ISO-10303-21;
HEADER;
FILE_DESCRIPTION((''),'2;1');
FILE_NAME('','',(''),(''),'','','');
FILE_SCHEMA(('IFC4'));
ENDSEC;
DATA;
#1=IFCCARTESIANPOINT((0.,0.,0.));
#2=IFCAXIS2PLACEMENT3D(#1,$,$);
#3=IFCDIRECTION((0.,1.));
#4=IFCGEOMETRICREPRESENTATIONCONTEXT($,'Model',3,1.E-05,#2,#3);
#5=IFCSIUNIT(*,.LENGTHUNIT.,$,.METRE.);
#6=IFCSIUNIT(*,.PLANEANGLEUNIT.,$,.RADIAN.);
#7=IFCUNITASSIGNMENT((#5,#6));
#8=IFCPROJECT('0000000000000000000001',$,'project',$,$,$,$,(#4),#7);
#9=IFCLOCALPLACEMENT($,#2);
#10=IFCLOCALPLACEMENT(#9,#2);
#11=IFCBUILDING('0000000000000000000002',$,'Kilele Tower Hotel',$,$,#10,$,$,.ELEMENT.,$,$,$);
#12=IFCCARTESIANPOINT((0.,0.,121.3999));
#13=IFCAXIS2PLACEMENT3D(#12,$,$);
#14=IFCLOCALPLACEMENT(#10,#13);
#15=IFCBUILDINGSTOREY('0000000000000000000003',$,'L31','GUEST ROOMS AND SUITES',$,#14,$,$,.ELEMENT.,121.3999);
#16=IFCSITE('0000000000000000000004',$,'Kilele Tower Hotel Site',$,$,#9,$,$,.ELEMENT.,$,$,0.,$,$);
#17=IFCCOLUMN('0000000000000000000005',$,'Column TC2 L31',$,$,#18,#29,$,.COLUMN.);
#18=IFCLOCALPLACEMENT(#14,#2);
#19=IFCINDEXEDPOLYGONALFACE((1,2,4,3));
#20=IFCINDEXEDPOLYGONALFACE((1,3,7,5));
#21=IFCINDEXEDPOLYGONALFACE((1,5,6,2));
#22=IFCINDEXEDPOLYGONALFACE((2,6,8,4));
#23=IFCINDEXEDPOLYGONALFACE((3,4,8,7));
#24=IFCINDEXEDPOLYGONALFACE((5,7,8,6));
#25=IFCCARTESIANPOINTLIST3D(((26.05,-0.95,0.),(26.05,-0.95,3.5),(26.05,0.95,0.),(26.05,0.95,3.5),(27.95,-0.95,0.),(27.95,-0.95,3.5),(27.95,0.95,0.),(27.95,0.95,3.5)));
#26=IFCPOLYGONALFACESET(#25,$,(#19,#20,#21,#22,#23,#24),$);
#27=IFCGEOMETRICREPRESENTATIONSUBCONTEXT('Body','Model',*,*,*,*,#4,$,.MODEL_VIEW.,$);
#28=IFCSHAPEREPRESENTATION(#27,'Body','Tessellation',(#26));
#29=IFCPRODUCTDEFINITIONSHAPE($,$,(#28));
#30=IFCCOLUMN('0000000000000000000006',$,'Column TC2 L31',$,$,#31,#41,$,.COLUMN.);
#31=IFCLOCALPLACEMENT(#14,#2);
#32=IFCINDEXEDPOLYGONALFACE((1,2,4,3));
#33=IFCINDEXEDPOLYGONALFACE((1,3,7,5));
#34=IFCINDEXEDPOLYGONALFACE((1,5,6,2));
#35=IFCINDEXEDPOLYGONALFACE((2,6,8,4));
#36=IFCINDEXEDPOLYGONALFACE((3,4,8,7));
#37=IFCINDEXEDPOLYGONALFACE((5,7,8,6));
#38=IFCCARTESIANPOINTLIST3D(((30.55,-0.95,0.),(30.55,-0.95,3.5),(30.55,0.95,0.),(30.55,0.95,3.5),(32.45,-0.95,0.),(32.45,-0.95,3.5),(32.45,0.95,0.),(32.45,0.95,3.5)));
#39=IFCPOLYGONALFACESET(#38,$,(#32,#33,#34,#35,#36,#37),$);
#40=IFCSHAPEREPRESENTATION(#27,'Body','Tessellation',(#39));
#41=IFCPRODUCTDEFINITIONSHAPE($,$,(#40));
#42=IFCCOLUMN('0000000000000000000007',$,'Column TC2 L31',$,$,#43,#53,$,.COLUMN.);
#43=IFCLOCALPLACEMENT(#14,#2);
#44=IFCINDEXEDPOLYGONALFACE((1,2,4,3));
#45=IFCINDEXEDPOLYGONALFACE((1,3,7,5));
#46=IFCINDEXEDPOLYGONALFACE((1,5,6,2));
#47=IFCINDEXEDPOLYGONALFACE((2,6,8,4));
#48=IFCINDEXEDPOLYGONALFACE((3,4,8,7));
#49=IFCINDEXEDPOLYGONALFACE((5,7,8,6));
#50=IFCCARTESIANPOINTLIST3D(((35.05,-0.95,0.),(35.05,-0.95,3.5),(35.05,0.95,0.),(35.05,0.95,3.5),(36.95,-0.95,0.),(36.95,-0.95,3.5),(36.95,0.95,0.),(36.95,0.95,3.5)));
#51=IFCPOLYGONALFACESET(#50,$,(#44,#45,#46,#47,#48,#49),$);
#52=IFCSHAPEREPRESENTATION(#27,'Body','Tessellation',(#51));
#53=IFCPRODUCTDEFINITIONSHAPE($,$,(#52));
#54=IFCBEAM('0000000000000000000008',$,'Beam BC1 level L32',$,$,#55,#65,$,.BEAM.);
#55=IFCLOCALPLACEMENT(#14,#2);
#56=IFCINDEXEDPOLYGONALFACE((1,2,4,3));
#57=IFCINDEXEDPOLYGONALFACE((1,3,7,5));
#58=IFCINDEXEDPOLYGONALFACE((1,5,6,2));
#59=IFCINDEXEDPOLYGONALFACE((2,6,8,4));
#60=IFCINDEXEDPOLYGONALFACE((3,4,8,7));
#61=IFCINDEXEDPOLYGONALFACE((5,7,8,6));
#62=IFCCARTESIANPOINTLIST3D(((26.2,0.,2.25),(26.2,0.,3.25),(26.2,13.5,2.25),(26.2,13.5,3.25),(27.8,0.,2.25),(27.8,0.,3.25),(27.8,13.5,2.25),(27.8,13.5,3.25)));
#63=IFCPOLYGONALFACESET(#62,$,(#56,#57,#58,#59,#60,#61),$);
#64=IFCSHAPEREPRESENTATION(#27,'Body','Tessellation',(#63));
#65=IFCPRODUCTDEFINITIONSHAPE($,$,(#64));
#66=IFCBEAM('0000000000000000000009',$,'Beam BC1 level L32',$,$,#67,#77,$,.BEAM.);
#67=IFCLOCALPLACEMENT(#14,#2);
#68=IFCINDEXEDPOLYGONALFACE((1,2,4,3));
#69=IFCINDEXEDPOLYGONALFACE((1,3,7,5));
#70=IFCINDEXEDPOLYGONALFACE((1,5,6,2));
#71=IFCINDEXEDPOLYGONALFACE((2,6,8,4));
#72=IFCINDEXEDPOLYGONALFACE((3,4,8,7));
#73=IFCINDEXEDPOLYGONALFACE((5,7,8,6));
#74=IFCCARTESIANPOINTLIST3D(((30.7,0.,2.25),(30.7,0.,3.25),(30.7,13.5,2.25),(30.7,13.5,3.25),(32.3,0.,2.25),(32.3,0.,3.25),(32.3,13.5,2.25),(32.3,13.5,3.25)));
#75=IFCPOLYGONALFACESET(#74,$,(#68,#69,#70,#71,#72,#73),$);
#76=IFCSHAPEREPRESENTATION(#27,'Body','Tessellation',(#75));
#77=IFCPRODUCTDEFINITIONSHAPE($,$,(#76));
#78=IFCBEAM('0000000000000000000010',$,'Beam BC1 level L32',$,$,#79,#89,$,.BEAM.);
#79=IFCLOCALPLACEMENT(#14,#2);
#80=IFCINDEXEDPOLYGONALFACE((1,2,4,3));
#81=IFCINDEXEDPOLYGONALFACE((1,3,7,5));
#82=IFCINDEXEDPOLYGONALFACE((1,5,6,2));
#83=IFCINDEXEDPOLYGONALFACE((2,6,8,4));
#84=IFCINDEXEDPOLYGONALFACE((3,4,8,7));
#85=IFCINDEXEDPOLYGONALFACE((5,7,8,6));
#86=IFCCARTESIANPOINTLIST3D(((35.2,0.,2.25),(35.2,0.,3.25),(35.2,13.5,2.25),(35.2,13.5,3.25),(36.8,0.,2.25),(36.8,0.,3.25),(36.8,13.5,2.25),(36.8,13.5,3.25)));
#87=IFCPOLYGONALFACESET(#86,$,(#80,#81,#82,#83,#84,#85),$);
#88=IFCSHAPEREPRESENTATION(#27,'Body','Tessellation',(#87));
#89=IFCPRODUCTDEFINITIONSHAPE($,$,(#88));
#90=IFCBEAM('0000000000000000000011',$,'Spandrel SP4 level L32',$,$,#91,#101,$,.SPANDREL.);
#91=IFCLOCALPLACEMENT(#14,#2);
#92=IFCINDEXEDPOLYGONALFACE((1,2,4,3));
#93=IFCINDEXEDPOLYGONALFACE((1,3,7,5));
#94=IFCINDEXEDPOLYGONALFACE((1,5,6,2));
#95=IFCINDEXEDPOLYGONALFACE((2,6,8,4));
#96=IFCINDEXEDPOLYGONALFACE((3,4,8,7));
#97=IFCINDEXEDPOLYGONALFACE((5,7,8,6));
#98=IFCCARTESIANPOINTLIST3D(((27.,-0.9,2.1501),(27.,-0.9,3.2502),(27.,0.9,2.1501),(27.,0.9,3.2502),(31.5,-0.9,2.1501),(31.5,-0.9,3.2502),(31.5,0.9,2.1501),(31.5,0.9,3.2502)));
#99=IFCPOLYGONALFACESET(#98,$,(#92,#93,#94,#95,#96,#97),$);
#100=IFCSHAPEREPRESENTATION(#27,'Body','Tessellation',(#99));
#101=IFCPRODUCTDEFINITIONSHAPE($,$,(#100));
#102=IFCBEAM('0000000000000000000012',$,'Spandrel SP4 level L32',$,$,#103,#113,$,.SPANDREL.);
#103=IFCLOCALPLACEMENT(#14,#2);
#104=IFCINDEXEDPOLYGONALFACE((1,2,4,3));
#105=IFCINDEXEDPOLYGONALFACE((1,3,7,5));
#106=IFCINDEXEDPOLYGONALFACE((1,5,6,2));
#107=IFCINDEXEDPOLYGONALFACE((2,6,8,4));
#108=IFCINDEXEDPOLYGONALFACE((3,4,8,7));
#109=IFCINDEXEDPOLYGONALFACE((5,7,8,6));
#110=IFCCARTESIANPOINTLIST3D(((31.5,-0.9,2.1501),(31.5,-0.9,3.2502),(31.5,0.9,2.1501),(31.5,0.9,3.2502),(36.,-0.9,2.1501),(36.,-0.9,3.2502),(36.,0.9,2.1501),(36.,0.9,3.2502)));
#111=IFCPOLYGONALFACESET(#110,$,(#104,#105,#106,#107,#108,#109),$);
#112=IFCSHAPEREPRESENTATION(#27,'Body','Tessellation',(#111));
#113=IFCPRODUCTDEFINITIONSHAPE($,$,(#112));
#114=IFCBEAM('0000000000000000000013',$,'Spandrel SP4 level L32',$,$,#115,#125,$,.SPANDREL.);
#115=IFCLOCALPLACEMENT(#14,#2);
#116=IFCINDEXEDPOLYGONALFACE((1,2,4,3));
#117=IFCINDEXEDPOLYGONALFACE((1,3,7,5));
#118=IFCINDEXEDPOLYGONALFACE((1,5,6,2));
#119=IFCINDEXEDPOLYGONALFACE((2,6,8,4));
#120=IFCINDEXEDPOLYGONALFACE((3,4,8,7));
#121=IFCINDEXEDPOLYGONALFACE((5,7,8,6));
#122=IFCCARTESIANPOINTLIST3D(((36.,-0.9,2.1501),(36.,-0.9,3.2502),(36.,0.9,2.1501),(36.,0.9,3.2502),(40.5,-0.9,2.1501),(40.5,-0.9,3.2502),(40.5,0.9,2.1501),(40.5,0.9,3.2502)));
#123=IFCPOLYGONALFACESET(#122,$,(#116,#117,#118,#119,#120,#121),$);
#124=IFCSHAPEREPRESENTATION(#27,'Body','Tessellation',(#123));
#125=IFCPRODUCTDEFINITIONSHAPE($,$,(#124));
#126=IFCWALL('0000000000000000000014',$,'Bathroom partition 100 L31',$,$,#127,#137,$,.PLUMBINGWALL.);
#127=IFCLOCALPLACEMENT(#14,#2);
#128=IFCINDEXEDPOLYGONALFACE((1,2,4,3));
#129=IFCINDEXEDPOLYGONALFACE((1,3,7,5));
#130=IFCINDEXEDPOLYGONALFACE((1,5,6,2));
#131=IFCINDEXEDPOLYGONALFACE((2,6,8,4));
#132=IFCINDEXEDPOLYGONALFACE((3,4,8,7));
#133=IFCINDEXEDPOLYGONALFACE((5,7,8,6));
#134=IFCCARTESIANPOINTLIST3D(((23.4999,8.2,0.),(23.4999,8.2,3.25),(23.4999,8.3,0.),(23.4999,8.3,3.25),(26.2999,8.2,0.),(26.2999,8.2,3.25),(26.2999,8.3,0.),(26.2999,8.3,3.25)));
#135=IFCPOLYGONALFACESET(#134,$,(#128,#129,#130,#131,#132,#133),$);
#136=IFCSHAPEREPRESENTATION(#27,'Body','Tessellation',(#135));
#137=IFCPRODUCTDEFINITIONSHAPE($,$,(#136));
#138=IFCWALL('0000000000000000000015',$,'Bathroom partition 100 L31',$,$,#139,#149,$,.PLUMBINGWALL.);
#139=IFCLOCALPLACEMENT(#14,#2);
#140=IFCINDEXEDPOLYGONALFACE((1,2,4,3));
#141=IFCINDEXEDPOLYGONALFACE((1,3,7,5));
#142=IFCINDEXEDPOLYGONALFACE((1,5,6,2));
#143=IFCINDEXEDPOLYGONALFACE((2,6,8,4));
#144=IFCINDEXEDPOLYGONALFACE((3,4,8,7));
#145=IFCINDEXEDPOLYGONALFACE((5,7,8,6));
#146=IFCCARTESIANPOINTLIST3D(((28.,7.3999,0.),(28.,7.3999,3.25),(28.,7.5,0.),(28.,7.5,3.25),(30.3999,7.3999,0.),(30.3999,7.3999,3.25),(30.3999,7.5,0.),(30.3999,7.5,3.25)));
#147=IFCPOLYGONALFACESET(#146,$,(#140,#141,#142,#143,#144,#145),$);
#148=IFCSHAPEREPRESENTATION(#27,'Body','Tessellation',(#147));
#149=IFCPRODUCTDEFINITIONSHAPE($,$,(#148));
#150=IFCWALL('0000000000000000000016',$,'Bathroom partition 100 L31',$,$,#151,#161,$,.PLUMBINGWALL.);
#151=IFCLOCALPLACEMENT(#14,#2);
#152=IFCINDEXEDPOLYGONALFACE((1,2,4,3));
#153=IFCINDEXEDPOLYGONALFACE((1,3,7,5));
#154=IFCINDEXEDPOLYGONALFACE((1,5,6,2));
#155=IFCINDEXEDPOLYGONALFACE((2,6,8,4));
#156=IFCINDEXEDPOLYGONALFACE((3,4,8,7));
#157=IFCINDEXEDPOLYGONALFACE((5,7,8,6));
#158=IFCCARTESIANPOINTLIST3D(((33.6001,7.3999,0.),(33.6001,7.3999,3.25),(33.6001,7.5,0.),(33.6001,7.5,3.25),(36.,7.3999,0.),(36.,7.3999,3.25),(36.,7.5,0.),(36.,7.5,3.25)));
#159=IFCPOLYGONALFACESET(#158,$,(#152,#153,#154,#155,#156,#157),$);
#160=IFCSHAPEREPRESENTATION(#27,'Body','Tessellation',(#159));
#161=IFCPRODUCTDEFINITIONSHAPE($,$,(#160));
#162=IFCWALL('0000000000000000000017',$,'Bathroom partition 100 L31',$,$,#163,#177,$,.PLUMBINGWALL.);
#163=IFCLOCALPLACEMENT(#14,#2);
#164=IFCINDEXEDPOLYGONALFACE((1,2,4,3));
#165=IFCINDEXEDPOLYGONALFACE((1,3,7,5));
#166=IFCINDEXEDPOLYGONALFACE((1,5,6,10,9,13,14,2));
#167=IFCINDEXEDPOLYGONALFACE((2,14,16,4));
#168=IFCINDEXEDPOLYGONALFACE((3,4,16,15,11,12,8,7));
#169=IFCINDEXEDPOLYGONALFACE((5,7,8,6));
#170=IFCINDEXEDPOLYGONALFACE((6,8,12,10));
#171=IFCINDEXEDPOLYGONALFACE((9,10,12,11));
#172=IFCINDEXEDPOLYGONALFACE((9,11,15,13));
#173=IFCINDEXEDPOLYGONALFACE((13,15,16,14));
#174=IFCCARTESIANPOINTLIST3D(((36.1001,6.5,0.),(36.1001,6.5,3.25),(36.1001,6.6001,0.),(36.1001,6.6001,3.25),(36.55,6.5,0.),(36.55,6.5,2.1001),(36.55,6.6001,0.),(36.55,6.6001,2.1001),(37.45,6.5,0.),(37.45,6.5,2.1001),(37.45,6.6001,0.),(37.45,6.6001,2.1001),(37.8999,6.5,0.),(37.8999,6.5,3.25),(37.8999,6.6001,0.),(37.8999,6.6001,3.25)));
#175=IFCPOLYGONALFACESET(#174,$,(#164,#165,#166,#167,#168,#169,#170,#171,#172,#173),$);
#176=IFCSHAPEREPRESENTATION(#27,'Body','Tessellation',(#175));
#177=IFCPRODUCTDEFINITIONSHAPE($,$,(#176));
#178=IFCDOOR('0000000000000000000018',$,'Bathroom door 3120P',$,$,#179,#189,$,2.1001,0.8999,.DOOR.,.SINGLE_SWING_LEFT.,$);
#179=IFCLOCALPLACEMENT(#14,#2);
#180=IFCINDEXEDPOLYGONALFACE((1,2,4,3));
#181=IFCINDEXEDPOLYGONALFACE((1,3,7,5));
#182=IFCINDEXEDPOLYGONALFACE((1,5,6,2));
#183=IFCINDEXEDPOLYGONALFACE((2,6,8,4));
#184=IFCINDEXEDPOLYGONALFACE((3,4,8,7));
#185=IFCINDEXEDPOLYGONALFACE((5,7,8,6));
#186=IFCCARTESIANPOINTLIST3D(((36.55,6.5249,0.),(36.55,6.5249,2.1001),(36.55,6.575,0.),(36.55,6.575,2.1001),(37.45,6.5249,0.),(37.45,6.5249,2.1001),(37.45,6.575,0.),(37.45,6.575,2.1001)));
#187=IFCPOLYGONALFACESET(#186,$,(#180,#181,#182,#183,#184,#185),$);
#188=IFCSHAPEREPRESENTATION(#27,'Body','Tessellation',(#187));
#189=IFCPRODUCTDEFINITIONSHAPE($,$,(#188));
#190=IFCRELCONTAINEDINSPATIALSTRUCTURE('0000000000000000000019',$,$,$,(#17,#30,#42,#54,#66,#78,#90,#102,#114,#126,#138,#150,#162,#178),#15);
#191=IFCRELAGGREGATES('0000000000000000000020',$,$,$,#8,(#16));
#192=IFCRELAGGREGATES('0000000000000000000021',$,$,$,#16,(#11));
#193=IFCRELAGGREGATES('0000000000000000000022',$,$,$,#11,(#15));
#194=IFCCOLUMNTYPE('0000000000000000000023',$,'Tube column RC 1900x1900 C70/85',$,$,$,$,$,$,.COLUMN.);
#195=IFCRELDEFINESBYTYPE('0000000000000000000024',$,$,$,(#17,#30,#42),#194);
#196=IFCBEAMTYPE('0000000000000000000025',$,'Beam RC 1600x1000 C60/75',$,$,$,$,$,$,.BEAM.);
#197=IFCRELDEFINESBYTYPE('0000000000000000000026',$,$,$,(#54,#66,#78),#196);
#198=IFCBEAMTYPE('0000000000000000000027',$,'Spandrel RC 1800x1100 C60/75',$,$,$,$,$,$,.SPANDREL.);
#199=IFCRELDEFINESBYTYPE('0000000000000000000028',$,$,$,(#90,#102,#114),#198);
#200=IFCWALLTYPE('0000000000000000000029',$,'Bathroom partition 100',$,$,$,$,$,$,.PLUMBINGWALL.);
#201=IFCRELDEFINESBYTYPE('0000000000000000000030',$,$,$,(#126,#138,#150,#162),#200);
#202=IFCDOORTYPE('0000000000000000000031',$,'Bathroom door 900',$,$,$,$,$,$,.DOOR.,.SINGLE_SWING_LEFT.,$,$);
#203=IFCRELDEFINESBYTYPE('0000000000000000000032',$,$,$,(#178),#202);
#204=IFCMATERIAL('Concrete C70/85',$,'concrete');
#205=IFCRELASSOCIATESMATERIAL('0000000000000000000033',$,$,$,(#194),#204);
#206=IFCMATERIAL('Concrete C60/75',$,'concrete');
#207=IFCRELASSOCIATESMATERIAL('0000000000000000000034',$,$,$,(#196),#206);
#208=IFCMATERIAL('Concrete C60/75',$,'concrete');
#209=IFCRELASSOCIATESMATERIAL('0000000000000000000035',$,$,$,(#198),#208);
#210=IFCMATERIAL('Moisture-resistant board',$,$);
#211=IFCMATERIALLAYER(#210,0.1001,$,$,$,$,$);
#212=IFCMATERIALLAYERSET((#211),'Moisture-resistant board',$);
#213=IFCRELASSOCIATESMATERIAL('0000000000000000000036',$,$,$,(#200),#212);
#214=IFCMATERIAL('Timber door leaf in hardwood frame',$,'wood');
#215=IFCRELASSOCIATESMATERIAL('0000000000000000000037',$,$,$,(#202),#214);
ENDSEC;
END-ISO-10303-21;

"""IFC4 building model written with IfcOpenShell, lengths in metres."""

from ifc_helpers import new_model, si_unit, direction, frame, frame_2d, origin, origin_2d, place, context, subcontext, project, spatial, rectangle, extrude, material, layer, layer_set, material_profile, profile_set, type_object, element, fill, save


model = new_model("IFC4")

# Units and contexts
model_context = context("Model", 3, precision=1e-05, world=origin(), true_north=direction((0.0, 1.0)))
body_context = subcontext(model_context, "Body", "Model", "MODEL_VIEW")
ifc_project = project(units=[si_unit("LENGTHUNIT", "METRE"), si_unit("PLANEANGLEUNIT", "RADIAN")], contexts=[model_context])

# Site, building, storey
site_placement = place(None, origin())
site = spatial("IfcSite", under=ifc_project, at=site_placement, Name="Kilele Tower Hotel Site", CompositionType="ELEMENT", RefElevation=0.0)
building_placement = place(site_placement, origin())
building = spatial("IfcBuilding", under=site, at=building_placement, Name="Kilele Tower Hotel", CompositionType="ELEMENT")
storey_placement = place(building_placement, frame((0.0, 0.0, 121.3999)))
storey = spatial("IfcBuildingStorey", under=building, at=storey_placement, Name="L31", Description="GUEST ROOMS AND SUITES", CompositionType="ELEMENT", Elevation=121.3999)

# Columns
ifc_material_1 = material(Name="Concrete C70/85", Category="concrete")
ifc_material_profile_1 = material_profile(ifc_material_1, rectangle(XDim=1.8999, YDim=1.8999, at=origin_2d()))
ifc_profile_set_1 = profile_set([ifc_material_profile_1], Name="Concrete C70/85")
column_type = type_object("IfcColumnType", Name="Tube column RC 1900x1900 C70/85", PredefinedType="COLUMN", material=ifc_profile_set_1)
for number, where, z_axis, x_axis, name in (
    (1, (27.0, 0.0, 0.0), (0.0, 0.0, 1.0), (1.0, 0.0, 0.0), "Column TC2 L31"),
    (2, (31.5, 0.0, 0.0), (0.0, 0.0, 1.0), (1.0, 0.0, 0.0), "Column TC2 L31"),
    (3, (36.0, 0.0, 0.0), (0.0, 0.0, 1.0), (1.0, 0.0, 0.0), "Column TC2 L31"),
):
    element("IfcColumn", number, at=place(storey_placement, frame(where, z_axis=z_axis, x_axis=x_axis)), inside=storey, type_object=column_type, Name=name, PredefinedType="COLUMN", context=body_context, shape_type="SweptSolid", body=[
        extrude(rectangle(XDim=1.8999, YDim=1.8999, at=origin_2d()), origin(), (0.0, 0.0, 1.0), 3.5),
    ])

# Beams
ifc_material_2 = material(Name="Concrete C60/75", Category="concrete")
ifc_material_profile_2 = material_profile(ifc_material_2, rectangle(XDim=1.6001, YDim=1.0, at=origin_2d()))
ifc_profile_set_2 = profile_set([ifc_material_profile_2], Name="Concrete C60/75")
beam_type_1 = type_object("IfcBeamType", Name="Beam RC 1600x1000 C60/75", PredefinedType="BEAM", material=ifc_profile_set_2)
for number, where, z_axis, x_axis, name in (
    (4, (27.0, 0.0, 2.75), (0.0, 1.0, 0.0), (-1.0, 0.0, 0.0), "Beam BC1 level L32"),
    (5, (31.5, 0.0, 2.75), (0.0, 1.0, 0.0), (-1.0, 0.0, 0.0), "Beam BC1 level L32"),
    (6, (36.0, 0.0, 2.75), (0.0, 1.0, 0.0), (-1.0, 0.0, 0.0), "Beam BC1 level L32"),
):
    element("IfcBeam", number, at=place(storey_placement, frame(where, z_axis=z_axis, x_axis=x_axis)), inside=storey, type_object=beam_type_1, Name=name, PredefinedType="BEAM", context=body_context, shape_type="SweptSolid", body=[
        extrude(rectangle(XDim=1.6001, YDim=1.0, at=origin_2d()), origin(), (0.0, 0.0, 1.0), 13.5),
    ])
ifc_material_3 = material(Name="Concrete C60/75", Category="concrete")
ifc_material_profile_3 = material_profile(ifc_material_3, rectangle(XDim=1.8, YDim=1.1001, at=origin_2d()))
ifc_profile_set_3 = profile_set([ifc_material_profile_3], Name="Concrete C60/75")
beam_type_2 = type_object("IfcBeamType", Name="Spandrel RC 1800x1100 C60/75", PredefinedType="SPANDREL", material=ifc_profile_set_3)
for number, where, z_axis, x_axis, name in (
    (7, (27.0, 0.0, 2.7002), (1.0, 0.0, 0.0), (0.0, 1.0, 0.0), "Spandrel SP4 level L32"),
    (8, (31.5, 0.0, 2.7002), (1.0, 0.0, 0.0), (0.0, 1.0, 0.0), "Spandrel SP4 level L32"),
    (9, (36.0, 0.0, 2.7002), (1.0, 0.0, 0.0), (0.0, 1.0, 0.0), "Spandrel SP4 level L32"),
):
    element("IfcBeam", number, at=place(storey_placement, frame(where, z_axis=z_axis, x_axis=x_axis)), inside=storey, type_object=beam_type_2, Name=name, PredefinedType="SPANDREL", context=body_context, shape_type="SweptSolid", body=[
        extrude(rectangle(XDim=1.8, YDim=1.1001, at=origin_2d()), origin(), (0.0, 0.0, 1.0), 4.5),
    ])

# Walls
ifc_material_4 = material(Name="Moisture-resistant board")
ifc_layer_1 = layer(ifc_material_4, 0.1001)
ifc_layer_set_1 = layer_set([ifc_layer_1], Name="Moisture-resistant board")
wall_type_1 = type_object("IfcWallType", Name="Bathroom partition 100", PredefinedType="PLUMBINGWALL", material=ifc_layer_set_1)
wall_1_placement = place(storey_placement, frame((23.5, 8.25, 0.0), z_axis=(0.0, 0.0, 1.0), x_axis=(1.0, 0.0, 0.0)))
element("IfcWall", 10, at=wall_1_placement, inside=storey, type_object=wall_type_1, Name="Bathroom partition 100 L31", PredefinedType="PLUMBINGWALL", context=body_context, shape_type="SweptSolid", body=[
    extrude(rectangle(XDim=2.8, YDim=0.1001, at=frame_2d((1.3999, 0.0))), origin(), (0.0, 0.0, 1.0), 3.25),
])
for number, where, z_axis, x_axis, name in (
    (11, (28.0, 7.45, 0.0), (0.0, 0.0, 1.0), (1.0, 0.0, 0.0), "Bathroom partition 100 L31"),
    (12, (33.6001, 7.45, 0.0), (0.0, 0.0, 1.0), (1.0, 0.0, 0.0), "Bathroom partition 100 L31"),
):
    element("IfcWall", number, at=place(storey_placement, frame(where, z_axis=z_axis, x_axis=x_axis)), inside=storey, type_object=wall_type_1, Name=name, PredefinedType="PLUMBINGWALL", context=body_context, shape_type="SweptSolid", body=[
        extrude(rectangle(XDim=2.3999, YDim=0.1001, at=frame_2d((1.2, 0.0))), origin(), (0.0, 0.0, 1.0), 3.25),
    ])

# Wall, opening, door
wall_2_placement = place(storey_placement, frame((36.1001, 6.55, 0.0), z_axis=(0.0, 0.0, 1.0), x_axis=(1.0, 0.0, 0.0)))
wall_2 = element("IfcWall", 13, at=wall_2_placement, inside=storey, type_object=wall_type_1, Name="Bathroom partition 100 L31", PredefinedType="PLUMBINGWALL", context=body_context, shape_type="SweptSolid", body=[
    extrude(rectangle(XDim=1.7998, YDim=0.1001, at=frame_2d((0.8999, 0.0))), origin(), (0.0, 0.0, 1.0), 3.25),
])
opening_1_placement = place(wall_2_placement, frame((0.45, 0.0, 0.0)))
opening_1 = element("IfcOpeningElement", 14, at=opening_1_placement, cuts=wall_2, PredefinedType="OPENING", context=body_context, shape_type="SweptSolid", body=[
    extrude(rectangle(XDim=0.8999, YDim=2.1001, at=frame_2d((0.45, 1.05))), frame((0.0, 0.0601, 0.0), z_axis=(0.0, -1.0, 0.0), x_axis=(1.0, 0.0, 0.0)), (0.0, 0.0, 1.0), 0.1201),
])
ifc_material_5 = material(Name="Timber door leaf in hardwood frame", Category="wood")
door_type_1 = type_object("IfcDoorType", Name="Bathroom door 900", OperationType="SINGLE_SWING_LEFT", PredefinedType="DOOR", material=ifc_material_5)
door_1_placement = place(opening_1_placement, origin())
door_1 = element("IfcDoor", 15, at=door_1_placement, inside=storey, type_object=door_type_1, Name="Bathroom door 3120P", OperationType="SINGLE_SWING_LEFT", OverallHeight=2.1001, OverallWidth=0.8999, PredefinedType="DOOR", context=body_context, shape_type="SweptSolid", body=[
    extrude(rectangle(XDim=0.8999, YDim=2.1001, at=frame_2d((0.45, 1.05))), frame((0.0, 0.0249, 0.0), z_axis=(0.0, -1.0, 0.0), x_axis=(1.0, 0.0, 0.0)), (0.0, 0.0, 1.0), 0.05),
])
fill(opening_1, door_1)

save(model, "model.ifc")
